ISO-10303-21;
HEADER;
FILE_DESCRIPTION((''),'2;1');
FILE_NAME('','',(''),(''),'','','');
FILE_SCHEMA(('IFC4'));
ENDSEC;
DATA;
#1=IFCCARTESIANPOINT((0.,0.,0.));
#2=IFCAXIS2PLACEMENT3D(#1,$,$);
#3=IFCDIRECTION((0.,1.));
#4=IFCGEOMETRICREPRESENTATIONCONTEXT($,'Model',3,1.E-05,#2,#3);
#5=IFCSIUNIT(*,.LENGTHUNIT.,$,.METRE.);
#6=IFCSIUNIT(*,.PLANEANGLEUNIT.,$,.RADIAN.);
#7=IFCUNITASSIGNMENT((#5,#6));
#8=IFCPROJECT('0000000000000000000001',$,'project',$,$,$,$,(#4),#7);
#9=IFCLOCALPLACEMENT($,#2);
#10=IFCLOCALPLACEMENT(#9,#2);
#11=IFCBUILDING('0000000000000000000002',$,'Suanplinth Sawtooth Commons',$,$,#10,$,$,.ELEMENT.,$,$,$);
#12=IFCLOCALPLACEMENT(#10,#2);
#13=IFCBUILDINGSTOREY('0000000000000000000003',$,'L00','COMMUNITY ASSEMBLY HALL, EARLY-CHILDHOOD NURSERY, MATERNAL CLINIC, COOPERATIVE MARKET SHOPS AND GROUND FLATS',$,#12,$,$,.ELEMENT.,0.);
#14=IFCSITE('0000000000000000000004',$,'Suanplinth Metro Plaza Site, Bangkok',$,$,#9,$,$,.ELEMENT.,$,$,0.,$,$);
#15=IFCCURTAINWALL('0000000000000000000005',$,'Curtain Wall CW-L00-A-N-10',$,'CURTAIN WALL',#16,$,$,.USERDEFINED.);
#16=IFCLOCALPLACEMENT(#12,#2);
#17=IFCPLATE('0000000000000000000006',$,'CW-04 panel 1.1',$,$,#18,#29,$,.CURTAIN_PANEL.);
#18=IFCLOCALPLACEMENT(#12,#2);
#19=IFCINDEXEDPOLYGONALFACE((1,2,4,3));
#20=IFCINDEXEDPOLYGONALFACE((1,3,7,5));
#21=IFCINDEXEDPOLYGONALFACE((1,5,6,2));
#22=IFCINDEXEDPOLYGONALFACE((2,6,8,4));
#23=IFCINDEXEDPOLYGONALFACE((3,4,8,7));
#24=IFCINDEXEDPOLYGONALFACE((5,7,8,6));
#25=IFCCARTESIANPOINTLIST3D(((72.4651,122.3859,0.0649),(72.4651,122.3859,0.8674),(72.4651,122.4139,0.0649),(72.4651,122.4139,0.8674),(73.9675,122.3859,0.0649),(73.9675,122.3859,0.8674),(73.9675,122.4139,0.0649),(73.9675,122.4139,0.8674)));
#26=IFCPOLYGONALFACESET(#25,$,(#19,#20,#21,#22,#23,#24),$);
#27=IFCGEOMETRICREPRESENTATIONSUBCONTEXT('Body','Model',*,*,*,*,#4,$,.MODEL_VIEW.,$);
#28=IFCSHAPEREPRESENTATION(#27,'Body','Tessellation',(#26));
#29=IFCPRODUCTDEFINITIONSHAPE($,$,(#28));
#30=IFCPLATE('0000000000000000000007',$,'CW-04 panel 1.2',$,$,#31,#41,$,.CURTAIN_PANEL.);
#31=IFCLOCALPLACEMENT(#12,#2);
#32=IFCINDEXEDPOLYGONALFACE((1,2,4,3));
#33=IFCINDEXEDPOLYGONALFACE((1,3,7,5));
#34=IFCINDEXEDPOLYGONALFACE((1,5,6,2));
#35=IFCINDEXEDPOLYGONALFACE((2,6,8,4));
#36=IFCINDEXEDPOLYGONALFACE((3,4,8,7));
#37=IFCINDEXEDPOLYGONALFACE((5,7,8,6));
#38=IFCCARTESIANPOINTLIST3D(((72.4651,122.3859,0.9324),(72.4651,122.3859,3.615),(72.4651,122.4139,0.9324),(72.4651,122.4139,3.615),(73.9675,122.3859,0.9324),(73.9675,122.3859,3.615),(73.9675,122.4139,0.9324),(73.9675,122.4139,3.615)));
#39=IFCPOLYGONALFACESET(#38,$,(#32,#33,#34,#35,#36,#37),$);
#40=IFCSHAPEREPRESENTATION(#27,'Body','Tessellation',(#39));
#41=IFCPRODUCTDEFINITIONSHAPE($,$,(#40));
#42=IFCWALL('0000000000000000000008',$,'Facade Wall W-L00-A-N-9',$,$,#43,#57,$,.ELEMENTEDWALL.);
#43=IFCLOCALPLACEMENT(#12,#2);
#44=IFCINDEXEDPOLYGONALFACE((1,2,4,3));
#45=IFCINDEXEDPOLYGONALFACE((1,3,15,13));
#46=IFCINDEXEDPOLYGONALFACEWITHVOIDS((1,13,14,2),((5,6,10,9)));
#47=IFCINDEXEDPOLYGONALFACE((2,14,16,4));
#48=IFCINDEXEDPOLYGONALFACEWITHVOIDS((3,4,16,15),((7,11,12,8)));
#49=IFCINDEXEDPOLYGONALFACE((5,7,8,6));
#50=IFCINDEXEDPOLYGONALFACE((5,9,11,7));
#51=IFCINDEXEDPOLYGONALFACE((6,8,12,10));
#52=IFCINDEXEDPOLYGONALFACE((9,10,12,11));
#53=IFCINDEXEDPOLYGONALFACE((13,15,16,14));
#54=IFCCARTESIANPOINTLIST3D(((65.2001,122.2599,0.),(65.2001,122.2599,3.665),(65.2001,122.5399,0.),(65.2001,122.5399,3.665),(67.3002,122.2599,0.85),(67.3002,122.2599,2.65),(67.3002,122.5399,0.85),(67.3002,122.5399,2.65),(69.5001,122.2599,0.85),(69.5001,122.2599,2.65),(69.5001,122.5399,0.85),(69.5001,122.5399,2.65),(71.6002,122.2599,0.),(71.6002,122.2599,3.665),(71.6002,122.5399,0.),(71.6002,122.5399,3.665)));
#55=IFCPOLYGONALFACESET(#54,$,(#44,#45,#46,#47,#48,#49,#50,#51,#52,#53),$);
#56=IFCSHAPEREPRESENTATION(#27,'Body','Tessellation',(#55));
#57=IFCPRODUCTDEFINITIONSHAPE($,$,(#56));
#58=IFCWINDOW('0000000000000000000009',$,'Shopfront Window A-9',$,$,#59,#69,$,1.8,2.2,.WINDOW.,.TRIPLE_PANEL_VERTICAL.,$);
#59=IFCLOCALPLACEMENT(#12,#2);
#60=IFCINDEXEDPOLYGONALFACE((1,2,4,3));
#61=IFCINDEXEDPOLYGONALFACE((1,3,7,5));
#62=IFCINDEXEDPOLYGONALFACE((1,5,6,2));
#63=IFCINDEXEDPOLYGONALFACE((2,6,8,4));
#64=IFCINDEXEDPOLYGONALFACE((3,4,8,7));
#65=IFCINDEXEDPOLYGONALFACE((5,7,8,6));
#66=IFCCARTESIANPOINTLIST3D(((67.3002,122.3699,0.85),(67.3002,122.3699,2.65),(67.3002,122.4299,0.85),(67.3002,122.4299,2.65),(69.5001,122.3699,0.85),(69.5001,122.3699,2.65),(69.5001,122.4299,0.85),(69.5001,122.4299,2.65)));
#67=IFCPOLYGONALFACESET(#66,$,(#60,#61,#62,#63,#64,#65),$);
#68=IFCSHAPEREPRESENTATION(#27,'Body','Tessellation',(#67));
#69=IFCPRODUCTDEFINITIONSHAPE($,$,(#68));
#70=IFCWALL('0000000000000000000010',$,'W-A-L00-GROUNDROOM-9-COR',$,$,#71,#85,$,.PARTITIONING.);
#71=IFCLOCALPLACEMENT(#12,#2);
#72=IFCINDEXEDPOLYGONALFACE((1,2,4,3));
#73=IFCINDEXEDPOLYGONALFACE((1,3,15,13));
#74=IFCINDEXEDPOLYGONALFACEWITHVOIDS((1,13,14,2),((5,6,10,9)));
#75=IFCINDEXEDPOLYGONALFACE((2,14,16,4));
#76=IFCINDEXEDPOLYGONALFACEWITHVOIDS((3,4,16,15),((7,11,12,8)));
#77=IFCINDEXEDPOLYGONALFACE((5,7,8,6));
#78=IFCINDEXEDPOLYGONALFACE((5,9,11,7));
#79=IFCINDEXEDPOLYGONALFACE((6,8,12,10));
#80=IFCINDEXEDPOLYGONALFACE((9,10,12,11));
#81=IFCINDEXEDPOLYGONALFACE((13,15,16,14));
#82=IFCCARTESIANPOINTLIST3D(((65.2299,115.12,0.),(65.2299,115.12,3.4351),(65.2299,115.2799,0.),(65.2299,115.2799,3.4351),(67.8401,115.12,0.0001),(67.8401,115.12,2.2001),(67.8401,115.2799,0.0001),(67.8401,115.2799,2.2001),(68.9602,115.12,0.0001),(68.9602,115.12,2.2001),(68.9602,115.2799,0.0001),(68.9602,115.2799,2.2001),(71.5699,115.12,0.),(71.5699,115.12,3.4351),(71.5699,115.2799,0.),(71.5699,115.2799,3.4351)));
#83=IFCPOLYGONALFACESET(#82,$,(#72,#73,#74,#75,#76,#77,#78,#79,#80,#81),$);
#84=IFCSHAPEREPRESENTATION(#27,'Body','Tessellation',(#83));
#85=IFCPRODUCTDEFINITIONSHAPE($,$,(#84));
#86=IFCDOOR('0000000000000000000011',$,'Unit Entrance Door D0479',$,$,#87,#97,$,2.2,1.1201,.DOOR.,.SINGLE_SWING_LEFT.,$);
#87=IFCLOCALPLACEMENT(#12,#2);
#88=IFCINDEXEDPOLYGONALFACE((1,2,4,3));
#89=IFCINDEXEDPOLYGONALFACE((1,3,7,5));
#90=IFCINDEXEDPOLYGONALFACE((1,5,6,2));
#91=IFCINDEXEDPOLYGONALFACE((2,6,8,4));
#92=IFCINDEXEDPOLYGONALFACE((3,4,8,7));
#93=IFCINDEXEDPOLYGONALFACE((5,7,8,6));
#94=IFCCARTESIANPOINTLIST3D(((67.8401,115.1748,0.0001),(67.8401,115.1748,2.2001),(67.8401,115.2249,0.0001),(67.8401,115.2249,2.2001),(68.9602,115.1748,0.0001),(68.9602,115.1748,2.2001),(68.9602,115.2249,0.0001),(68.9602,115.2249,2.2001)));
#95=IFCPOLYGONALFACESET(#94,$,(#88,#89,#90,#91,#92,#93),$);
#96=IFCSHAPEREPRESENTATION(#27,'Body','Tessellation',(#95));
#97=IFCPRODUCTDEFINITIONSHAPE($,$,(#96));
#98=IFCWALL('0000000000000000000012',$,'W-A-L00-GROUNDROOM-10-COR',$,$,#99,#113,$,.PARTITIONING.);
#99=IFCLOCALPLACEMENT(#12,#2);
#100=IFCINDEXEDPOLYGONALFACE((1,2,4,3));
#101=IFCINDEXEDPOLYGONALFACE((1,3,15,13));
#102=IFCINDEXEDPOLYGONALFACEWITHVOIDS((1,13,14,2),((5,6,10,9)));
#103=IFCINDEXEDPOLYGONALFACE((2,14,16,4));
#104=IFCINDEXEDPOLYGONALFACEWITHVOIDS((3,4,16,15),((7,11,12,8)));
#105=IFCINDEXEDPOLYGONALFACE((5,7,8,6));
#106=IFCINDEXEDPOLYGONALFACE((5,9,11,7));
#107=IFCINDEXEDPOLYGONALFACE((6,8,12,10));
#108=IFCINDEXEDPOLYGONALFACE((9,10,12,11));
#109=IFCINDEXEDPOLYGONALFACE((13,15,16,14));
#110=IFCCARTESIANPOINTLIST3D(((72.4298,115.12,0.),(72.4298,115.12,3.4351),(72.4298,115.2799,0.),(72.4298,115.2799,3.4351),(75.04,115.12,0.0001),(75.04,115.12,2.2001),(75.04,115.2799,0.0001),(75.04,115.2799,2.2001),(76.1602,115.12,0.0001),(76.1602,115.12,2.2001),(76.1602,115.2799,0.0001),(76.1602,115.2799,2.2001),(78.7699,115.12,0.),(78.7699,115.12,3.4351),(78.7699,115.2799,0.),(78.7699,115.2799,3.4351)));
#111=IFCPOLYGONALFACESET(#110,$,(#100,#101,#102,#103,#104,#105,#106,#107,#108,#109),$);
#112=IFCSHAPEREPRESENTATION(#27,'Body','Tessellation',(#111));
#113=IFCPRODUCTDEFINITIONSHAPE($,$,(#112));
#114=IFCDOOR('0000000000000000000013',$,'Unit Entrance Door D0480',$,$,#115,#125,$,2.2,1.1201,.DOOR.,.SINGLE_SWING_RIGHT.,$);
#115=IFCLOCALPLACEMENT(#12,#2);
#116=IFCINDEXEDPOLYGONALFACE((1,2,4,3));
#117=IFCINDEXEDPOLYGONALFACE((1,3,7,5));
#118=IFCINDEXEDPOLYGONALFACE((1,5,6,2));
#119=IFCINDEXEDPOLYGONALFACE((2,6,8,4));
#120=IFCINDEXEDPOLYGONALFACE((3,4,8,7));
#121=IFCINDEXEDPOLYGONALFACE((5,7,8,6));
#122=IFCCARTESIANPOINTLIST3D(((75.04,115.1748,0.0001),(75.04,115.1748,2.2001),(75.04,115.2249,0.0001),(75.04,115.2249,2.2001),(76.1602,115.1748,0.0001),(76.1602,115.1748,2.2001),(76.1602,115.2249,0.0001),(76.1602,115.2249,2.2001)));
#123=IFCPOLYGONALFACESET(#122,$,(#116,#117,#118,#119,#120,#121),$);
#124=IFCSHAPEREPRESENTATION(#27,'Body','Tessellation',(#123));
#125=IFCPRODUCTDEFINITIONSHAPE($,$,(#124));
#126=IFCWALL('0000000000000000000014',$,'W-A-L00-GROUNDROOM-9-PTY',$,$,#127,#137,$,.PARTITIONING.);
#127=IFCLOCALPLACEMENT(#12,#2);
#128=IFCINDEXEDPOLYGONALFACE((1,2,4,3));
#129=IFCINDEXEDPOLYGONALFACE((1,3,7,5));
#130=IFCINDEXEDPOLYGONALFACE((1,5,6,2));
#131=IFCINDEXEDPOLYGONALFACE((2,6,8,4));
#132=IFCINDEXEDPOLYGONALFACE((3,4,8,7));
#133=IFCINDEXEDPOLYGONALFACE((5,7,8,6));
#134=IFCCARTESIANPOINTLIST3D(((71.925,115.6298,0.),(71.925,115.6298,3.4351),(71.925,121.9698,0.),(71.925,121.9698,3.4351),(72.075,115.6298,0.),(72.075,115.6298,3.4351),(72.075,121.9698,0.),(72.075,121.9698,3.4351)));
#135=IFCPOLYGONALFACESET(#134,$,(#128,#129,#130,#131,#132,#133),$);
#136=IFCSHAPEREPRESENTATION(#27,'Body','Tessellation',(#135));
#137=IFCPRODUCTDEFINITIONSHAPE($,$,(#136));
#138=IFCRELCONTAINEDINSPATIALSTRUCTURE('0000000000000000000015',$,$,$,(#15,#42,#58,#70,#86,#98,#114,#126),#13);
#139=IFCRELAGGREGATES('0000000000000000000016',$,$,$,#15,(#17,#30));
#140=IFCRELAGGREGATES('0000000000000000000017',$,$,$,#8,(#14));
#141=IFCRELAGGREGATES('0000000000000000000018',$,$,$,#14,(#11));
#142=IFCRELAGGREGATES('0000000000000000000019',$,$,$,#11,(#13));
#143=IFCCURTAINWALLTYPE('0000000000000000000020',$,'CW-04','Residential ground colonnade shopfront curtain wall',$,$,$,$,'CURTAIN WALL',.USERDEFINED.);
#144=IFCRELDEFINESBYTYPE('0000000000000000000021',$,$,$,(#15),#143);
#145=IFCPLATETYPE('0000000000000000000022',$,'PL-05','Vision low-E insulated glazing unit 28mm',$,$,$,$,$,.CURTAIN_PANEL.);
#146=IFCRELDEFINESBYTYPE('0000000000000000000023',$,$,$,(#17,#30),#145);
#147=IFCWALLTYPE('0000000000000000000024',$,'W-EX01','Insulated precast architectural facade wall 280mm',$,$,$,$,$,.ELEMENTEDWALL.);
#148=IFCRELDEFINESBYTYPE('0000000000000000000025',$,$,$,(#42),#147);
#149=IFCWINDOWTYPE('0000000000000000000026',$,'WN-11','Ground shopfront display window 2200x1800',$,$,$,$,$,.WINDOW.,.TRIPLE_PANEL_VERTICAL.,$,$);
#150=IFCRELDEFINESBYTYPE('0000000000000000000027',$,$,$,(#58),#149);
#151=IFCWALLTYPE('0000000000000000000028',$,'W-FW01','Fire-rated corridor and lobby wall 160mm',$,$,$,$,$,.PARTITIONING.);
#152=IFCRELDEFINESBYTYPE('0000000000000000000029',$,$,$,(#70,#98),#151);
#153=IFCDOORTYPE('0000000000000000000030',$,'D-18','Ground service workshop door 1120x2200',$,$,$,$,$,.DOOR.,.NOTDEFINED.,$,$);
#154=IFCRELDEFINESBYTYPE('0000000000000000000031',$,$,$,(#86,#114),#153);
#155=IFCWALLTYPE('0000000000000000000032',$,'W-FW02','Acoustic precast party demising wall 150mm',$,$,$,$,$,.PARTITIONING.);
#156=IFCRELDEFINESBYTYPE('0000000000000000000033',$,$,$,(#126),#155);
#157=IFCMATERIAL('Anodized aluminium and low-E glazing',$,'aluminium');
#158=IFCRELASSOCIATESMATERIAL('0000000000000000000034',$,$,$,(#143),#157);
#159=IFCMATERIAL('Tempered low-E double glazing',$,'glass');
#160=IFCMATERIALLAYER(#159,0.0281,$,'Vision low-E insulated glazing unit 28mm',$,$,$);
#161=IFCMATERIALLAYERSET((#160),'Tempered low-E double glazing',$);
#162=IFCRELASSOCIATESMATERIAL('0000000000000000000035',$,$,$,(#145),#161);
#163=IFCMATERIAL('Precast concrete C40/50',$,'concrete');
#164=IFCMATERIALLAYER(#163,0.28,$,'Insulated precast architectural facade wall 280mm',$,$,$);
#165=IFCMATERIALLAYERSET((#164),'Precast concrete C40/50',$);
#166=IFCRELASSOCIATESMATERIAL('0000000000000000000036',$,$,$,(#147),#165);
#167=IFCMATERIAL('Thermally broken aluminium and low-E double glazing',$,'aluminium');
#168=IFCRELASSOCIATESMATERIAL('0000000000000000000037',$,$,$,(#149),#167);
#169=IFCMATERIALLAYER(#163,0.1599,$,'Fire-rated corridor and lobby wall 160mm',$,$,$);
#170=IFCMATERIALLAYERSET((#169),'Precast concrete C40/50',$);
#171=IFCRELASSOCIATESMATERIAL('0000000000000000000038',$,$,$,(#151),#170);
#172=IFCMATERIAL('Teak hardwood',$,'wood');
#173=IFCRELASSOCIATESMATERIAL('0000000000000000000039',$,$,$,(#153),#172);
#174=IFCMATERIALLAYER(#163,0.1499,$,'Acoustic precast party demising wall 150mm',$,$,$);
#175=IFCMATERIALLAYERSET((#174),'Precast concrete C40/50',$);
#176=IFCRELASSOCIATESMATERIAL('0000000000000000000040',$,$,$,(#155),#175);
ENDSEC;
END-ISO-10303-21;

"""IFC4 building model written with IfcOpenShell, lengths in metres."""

from ifc_helpers import new_model, si_unit, direction, frame, frame_2d, origin, origin_2d, place, context, subcontext, project, spatial, rectangle, extrude, material, layer, layer_set, type_object, element, fill, aggregate, save


model = new_model("IFC4")

# Units and contexts
model_context = context("Model", 3, precision=1e-05, world=origin(), true_north=direction((0.0, 1.0)))
body_context = subcontext(model_context, "Body", "Model", "MODEL_VIEW")
ifc_project = project(units=[si_unit("LENGTHUNIT", "METRE"), si_unit("PLANEANGLEUNIT", "RADIAN")], contexts=[model_context])

# Site, building, storey
site_placement = place(None, origin())
site = spatial("IfcSite", under=ifc_project, at=site_placement, Name="Suanplinth Metro Plaza Site, Bangkok", CompositionType="ELEMENT", RefElevation=0.0)
building_placement = place(site_placement, origin())
building = spatial("IfcBuilding", under=site, at=building_placement, Name="Suanplinth Sawtooth Commons", CompositionType="ELEMENT")
storey_placement = place(building_placement, origin())
storey = spatial("IfcBuildingStorey", under=building, at=storey_placement, Name="L00", Description="COMMUNITY ASSEMBLY HALL, EARLY-CHILDHOOD NURSERY, MATERNAL CLINIC, COOPERATIVE MARKET SHOPS AND GROUND FLATS", CompositionType="ELEMENT", Elevation=0.0)

# Shared definitions
ifc_material_1 = material(Name="Precast concrete C40/50", Category="concrete")

# Curtain wall, plates
ifc_material_2 = material(Name="Anodized aluminium and low-E glazing", Category="aluminium")
curtain_wall_type = type_object("IfcCurtainWallType", Name="CW-04", Description="Residential ground colonnade shopfront curtain wall", ElementType="CURTAIN WALL", PredefinedType="USERDEFINED", material=ifc_material_2)
curtain_wall_placement = place(storey_placement, origin())
curtain_wall = element("IfcCurtainWall", 1, at=curtain_wall_placement, inside=storey, type_object=curtain_wall_type, Name="Curtain Wall CW-L00-A-N-10", ObjectType="CURTAIN WALL", PredefinedType="USERDEFINED")
ifc_material_3 = material(Name="Tempered low-E double glazing", Category="glass")
ifc_layer_1 = layer(ifc_material_3, 0.0281, Name="Vision low-E insulated glazing unit 28mm")
ifc_layer_set_1 = layer_set([ifc_layer_1], Name="Tempered low-E double glazing")
plate_type = type_object("IfcPlateType", Name="PL-05", Description="Vision low-E insulated glazing unit 28mm", PredefinedType="CURTAIN_PANEL", material=ifc_layer_set_1)
plate_1_placement = place(storey_placement, frame((73.2163, 122.3999, 0.0649), z_axis=(0.0, 0.0, 1.0), x_axis=(1.0, 0.0, 0.0)))
plate_1 = element("IfcPlate", 2, at=plate_1_placement, type_object=plate_type, Name="CW-04 panel 1.1", PredefinedType="CURTAIN_PANEL", context=body_context, shape_type="SweptSolid", body=[
    extrude(rectangle(XDim=1.5024, YDim=0.0281, at=origin_2d()), origin(), (0.0, 0.0, 1.0), 0.8025),
])
plate_2_placement = place(storey_placement, frame((73.2163, 122.3999, 0.9324), z_axis=(0.0, 0.0, 1.0), x_axis=(1.0, 0.0, 0.0)))
plate_2 = element("IfcPlate", 3, at=plate_2_placement, type_object=plate_type, Name="CW-04 panel 1.2", PredefinedType="CURTAIN_PANEL", context=body_context, shape_type="SweptSolid", body=[
    extrude(rectangle(XDim=1.5024, YDim=0.0281, at=origin_2d()), origin(), (0.0, 0.0, 1.0), 2.6826),
])
aggregate(curtain_wall, [plate_1, plate_2])

# Wall, opening, window
ifc_layer_2 = layer(ifc_material_1, 0.28, Name="Insulated precast architectural facade wall 280mm")
ifc_layer_set_2 = layer_set([ifc_layer_2], Name="Precast concrete C40/50")
wall_type_1 = type_object("IfcWallType", Name="W-EX01", Description="Insulated precast architectural facade wall 280mm", PredefinedType="ELEMENTEDWALL", material=ifc_layer_set_2)
wall_1_placement = place(storey_placement, frame((65.2, 122.3999, 0.0), z_axis=(0.0, 0.0, 1.0), x_axis=(1.0, 0.0, 0.0)))
wall_1 = element("IfcWall", 4, at=wall_1_placement, inside=storey, type_object=wall_type_1, Name="Facade Wall W-L00-A-N-9", PredefinedType="ELEMENTEDWALL", context=body_context, shape_type="SweptSolid", body=[
    extrude(rectangle(XDim=6.4001, YDim=0.28, at=frame_2d((3.2002, 0.0))), origin(), (0.0, 0.0, 1.0), 3.665),
])
opening_1_placement = place(wall_1_placement, frame((2.1001, 0.0, 0.8501)))
opening_1 = element("IfcOpeningElement", 5, at=opening_1_placement, cuts=wall_1, PredefinedType="OPENING", context=body_context, shape_type="SweptSolid", body=[
    extrude(rectangle(XDim=2.2, YDim=1.8, at=frame_2d((1.1001, 0.8999))), frame((0.0, 0.1548, 0.0), z_axis=(0.0, -1.0, 0.0), x_axis=(1.0, 0.0, 0.0)), (0.0, 0.0, 1.0), 0.3098),
])
ifc_material_4 = material(Name="Thermally broken aluminium and low-E double glazing", Category="aluminium")
window_type = type_object("IfcWindowType", Name="WN-11", Description="Ground shopfront display window 2200x1800", PartitioningType="TRIPLE_PANEL_VERTICAL", PredefinedType="WINDOW", material=ifc_material_4)
window_placement = place(opening_1_placement, origin())
window = element("IfcWindow", 6, at=window_placement, inside=storey, type_object=window_type, Name="Shopfront Window A-9", OverallHeight=1.8, OverallWidth=2.2, PartitioningType="TRIPLE_PANEL_VERTICAL", PredefinedType="WINDOW", context=body_context, shape_type="SweptSolid", body=[
    extrude(rectangle(XDim=2.2, YDim=1.8, at=frame_2d((1.1001, 0.8999))), frame((0.0, 0.03, 0.0), z_axis=(0.0, -1.0, 0.0), x_axis=(1.0, 0.0, 0.0)), (0.0, 0.0, 1.0), 0.0601),
])
fill(opening_1, window)

# Walls, openings, doors
ifc_layer_3 = layer(ifc_material_1, 0.1599, Name="Fire-rated corridor and lobby wall 160mm")
ifc_layer_set_3 = layer_set([ifc_layer_3], Name="Precast concrete C40/50")
wall_type_2 = type_object("IfcWallType", Name="W-FW01", Description="Fire-rated corridor and lobby wall 160mm", PredefinedType="PARTITIONING", material=ifc_layer_set_3)
wall_2_placement = place(storey_placement, frame((65.23, 115.2, 0.0), z_axis=(0.0, 0.0, 1.0), x_axis=(1.0, 0.0, 0.0)))
wall_2 = element("IfcWall", 7, at=wall_2_placement, inside=storey, type_object=wall_type_2, Name="W-A-L00-GROUNDROOM-9-COR", PredefinedType="PARTITIONING", context=body_context, shape_type="SweptSolid", body=[
    extrude(rectangle(XDim=6.3401, YDim=0.1599, at=frame_2d((3.1699, 0.0))), origin(), (0.0, 0.0, 1.0), 3.4351),
])
opening_2_placement = place(wall_2_placement, frame((2.6101, 0.0, 0.0)))
opening_2 = element("IfcOpeningElement", 8, at=opening_2_placement, cuts=wall_2, PredefinedType="OPENING", context=body_context, shape_type="SweptSolid", body=[
    extrude(rectangle(XDim=1.1201, YDim=2.2, at=frame_2d((0.5601, 1.1001))), frame((0.0, 0.0947, 0.0), z_axis=(0.0, -1.0, 0.0), x_axis=(1.0, 0.0, 0.0)), (0.0, 0.0, 1.0), 0.1897),
])
ifc_material_5 = material(Name="Teak hardwood", Category="wood")
door_type = type_object("IfcDoorType", Name="D-18", Description="Ground service workshop door 1120x2200", OperationType="NOTDEFINED", PredefinedType="DOOR", material=ifc_material_5)
door_1_placement = place(opening_2_placement, origin())
door_1 = element("IfcDoor", 9, at=door_1_placement, inside=storey, type_object=door_type, Name="Unit Entrance Door D0479", OperationType="SINGLE_SWING_LEFT", OverallHeight=2.2, OverallWidth=1.1201, PredefinedType="DOOR", context=body_context, shape_type="SweptSolid", body=[
    extrude(rectangle(XDim=1.1201, YDim=2.2, at=frame_2d((0.5601, 1.1001))), frame((0.0, 0.0249, 0.0), z_axis=(0.0, -1.0, 0.0), x_axis=(1.0, 0.0, 0.0)), (0.0, 0.0, 1.0), 0.05),
])
fill(opening_2, door_1)
wall_3_placement = place(storey_placement, frame((72.4299, 115.2, 0.0), z_axis=(0.0, 0.0, 1.0), x_axis=(1.0, 0.0, 0.0)))
wall_3 = element("IfcWall", 10, at=wall_3_placement, inside=storey, type_object=wall_type_2, Name="W-A-L00-GROUNDROOM-10-COR", PredefinedType="PARTITIONING", context=body_context, shape_type="SweptSolid", body=[
    extrude(rectangle(XDim=6.3401, YDim=0.1599, at=frame_2d((3.1699, 0.0))), origin(), (0.0, 0.0, 1.0), 3.4351),
])
opening_3_placement = place(wall_3_placement, frame((2.6101, 0.0, 0.0)))
opening_3 = element("IfcOpeningElement", 11, at=opening_3_placement, cuts=wall_3, PredefinedType="OPENING", context=body_context, shape_type="SweptSolid", body=[
    extrude(rectangle(XDim=1.1201, YDim=2.2, at=frame_2d((0.5601, 1.1001))), frame((0.0, 0.0947, 0.0), z_axis=(0.0, -1.0, 0.0), x_axis=(1.0, 0.0, 0.0)), (0.0, 0.0, 1.0), 0.1897),
])
door_2_placement = place(opening_3_placement, origin())
door_2 = element("IfcDoor", 12, at=door_2_placement, inside=storey, type_object=door_type, Name="Unit Entrance Door D0480", OperationType="SINGLE_SWING_RIGHT", OverallHeight=2.2, OverallWidth=1.1201, PredefinedType="DOOR", context=body_context, shape_type="SweptSolid", body=[
    extrude(rectangle(XDim=1.1201, YDim=2.2, at=frame_2d((0.5601, 1.1001))), frame((0.0, 0.0249, 0.0), z_axis=(0.0, -1.0, 0.0), x_axis=(1.0, 0.0, 0.0)), (0.0, 0.0, 1.0), 0.05),
])
fill(opening_3, door_2)

# Wall
ifc_layer_4 = layer(ifc_material_1, 0.1499, Name="Acoustic precast party demising wall 150mm")
ifc_layer_set_4 = layer_set([ifc_layer_4], Name="Precast concrete C40/50")
wall_type_3 = type_object("IfcWallType", Name="W-FW02", Description="Acoustic precast party demising wall 150mm", PredefinedType="PARTITIONING", material=ifc_layer_set_4)
wall_4_placement = place(storey_placement, frame((72.0, 115.6299, 0.0), z_axis=(0.0, 0.0, 1.0), x_axis=(0.0, 1.0, 0.0)))
element("IfcWall", 13, at=wall_4_placement, inside=storey, type_object=wall_type_3, Name="W-A-L00-GROUNDROOM-9-PTY", PredefinedType="PARTITIONING", context=body_context, shape_type="SweptSolid", body=[
    extrude(rectangle(XDim=6.3401, YDim=0.1499, at=frame_2d((3.1699, 0.0))), origin(), (0.0, 0.0, 1.0), 3.4351),
])

save(model, "model.ifc")
